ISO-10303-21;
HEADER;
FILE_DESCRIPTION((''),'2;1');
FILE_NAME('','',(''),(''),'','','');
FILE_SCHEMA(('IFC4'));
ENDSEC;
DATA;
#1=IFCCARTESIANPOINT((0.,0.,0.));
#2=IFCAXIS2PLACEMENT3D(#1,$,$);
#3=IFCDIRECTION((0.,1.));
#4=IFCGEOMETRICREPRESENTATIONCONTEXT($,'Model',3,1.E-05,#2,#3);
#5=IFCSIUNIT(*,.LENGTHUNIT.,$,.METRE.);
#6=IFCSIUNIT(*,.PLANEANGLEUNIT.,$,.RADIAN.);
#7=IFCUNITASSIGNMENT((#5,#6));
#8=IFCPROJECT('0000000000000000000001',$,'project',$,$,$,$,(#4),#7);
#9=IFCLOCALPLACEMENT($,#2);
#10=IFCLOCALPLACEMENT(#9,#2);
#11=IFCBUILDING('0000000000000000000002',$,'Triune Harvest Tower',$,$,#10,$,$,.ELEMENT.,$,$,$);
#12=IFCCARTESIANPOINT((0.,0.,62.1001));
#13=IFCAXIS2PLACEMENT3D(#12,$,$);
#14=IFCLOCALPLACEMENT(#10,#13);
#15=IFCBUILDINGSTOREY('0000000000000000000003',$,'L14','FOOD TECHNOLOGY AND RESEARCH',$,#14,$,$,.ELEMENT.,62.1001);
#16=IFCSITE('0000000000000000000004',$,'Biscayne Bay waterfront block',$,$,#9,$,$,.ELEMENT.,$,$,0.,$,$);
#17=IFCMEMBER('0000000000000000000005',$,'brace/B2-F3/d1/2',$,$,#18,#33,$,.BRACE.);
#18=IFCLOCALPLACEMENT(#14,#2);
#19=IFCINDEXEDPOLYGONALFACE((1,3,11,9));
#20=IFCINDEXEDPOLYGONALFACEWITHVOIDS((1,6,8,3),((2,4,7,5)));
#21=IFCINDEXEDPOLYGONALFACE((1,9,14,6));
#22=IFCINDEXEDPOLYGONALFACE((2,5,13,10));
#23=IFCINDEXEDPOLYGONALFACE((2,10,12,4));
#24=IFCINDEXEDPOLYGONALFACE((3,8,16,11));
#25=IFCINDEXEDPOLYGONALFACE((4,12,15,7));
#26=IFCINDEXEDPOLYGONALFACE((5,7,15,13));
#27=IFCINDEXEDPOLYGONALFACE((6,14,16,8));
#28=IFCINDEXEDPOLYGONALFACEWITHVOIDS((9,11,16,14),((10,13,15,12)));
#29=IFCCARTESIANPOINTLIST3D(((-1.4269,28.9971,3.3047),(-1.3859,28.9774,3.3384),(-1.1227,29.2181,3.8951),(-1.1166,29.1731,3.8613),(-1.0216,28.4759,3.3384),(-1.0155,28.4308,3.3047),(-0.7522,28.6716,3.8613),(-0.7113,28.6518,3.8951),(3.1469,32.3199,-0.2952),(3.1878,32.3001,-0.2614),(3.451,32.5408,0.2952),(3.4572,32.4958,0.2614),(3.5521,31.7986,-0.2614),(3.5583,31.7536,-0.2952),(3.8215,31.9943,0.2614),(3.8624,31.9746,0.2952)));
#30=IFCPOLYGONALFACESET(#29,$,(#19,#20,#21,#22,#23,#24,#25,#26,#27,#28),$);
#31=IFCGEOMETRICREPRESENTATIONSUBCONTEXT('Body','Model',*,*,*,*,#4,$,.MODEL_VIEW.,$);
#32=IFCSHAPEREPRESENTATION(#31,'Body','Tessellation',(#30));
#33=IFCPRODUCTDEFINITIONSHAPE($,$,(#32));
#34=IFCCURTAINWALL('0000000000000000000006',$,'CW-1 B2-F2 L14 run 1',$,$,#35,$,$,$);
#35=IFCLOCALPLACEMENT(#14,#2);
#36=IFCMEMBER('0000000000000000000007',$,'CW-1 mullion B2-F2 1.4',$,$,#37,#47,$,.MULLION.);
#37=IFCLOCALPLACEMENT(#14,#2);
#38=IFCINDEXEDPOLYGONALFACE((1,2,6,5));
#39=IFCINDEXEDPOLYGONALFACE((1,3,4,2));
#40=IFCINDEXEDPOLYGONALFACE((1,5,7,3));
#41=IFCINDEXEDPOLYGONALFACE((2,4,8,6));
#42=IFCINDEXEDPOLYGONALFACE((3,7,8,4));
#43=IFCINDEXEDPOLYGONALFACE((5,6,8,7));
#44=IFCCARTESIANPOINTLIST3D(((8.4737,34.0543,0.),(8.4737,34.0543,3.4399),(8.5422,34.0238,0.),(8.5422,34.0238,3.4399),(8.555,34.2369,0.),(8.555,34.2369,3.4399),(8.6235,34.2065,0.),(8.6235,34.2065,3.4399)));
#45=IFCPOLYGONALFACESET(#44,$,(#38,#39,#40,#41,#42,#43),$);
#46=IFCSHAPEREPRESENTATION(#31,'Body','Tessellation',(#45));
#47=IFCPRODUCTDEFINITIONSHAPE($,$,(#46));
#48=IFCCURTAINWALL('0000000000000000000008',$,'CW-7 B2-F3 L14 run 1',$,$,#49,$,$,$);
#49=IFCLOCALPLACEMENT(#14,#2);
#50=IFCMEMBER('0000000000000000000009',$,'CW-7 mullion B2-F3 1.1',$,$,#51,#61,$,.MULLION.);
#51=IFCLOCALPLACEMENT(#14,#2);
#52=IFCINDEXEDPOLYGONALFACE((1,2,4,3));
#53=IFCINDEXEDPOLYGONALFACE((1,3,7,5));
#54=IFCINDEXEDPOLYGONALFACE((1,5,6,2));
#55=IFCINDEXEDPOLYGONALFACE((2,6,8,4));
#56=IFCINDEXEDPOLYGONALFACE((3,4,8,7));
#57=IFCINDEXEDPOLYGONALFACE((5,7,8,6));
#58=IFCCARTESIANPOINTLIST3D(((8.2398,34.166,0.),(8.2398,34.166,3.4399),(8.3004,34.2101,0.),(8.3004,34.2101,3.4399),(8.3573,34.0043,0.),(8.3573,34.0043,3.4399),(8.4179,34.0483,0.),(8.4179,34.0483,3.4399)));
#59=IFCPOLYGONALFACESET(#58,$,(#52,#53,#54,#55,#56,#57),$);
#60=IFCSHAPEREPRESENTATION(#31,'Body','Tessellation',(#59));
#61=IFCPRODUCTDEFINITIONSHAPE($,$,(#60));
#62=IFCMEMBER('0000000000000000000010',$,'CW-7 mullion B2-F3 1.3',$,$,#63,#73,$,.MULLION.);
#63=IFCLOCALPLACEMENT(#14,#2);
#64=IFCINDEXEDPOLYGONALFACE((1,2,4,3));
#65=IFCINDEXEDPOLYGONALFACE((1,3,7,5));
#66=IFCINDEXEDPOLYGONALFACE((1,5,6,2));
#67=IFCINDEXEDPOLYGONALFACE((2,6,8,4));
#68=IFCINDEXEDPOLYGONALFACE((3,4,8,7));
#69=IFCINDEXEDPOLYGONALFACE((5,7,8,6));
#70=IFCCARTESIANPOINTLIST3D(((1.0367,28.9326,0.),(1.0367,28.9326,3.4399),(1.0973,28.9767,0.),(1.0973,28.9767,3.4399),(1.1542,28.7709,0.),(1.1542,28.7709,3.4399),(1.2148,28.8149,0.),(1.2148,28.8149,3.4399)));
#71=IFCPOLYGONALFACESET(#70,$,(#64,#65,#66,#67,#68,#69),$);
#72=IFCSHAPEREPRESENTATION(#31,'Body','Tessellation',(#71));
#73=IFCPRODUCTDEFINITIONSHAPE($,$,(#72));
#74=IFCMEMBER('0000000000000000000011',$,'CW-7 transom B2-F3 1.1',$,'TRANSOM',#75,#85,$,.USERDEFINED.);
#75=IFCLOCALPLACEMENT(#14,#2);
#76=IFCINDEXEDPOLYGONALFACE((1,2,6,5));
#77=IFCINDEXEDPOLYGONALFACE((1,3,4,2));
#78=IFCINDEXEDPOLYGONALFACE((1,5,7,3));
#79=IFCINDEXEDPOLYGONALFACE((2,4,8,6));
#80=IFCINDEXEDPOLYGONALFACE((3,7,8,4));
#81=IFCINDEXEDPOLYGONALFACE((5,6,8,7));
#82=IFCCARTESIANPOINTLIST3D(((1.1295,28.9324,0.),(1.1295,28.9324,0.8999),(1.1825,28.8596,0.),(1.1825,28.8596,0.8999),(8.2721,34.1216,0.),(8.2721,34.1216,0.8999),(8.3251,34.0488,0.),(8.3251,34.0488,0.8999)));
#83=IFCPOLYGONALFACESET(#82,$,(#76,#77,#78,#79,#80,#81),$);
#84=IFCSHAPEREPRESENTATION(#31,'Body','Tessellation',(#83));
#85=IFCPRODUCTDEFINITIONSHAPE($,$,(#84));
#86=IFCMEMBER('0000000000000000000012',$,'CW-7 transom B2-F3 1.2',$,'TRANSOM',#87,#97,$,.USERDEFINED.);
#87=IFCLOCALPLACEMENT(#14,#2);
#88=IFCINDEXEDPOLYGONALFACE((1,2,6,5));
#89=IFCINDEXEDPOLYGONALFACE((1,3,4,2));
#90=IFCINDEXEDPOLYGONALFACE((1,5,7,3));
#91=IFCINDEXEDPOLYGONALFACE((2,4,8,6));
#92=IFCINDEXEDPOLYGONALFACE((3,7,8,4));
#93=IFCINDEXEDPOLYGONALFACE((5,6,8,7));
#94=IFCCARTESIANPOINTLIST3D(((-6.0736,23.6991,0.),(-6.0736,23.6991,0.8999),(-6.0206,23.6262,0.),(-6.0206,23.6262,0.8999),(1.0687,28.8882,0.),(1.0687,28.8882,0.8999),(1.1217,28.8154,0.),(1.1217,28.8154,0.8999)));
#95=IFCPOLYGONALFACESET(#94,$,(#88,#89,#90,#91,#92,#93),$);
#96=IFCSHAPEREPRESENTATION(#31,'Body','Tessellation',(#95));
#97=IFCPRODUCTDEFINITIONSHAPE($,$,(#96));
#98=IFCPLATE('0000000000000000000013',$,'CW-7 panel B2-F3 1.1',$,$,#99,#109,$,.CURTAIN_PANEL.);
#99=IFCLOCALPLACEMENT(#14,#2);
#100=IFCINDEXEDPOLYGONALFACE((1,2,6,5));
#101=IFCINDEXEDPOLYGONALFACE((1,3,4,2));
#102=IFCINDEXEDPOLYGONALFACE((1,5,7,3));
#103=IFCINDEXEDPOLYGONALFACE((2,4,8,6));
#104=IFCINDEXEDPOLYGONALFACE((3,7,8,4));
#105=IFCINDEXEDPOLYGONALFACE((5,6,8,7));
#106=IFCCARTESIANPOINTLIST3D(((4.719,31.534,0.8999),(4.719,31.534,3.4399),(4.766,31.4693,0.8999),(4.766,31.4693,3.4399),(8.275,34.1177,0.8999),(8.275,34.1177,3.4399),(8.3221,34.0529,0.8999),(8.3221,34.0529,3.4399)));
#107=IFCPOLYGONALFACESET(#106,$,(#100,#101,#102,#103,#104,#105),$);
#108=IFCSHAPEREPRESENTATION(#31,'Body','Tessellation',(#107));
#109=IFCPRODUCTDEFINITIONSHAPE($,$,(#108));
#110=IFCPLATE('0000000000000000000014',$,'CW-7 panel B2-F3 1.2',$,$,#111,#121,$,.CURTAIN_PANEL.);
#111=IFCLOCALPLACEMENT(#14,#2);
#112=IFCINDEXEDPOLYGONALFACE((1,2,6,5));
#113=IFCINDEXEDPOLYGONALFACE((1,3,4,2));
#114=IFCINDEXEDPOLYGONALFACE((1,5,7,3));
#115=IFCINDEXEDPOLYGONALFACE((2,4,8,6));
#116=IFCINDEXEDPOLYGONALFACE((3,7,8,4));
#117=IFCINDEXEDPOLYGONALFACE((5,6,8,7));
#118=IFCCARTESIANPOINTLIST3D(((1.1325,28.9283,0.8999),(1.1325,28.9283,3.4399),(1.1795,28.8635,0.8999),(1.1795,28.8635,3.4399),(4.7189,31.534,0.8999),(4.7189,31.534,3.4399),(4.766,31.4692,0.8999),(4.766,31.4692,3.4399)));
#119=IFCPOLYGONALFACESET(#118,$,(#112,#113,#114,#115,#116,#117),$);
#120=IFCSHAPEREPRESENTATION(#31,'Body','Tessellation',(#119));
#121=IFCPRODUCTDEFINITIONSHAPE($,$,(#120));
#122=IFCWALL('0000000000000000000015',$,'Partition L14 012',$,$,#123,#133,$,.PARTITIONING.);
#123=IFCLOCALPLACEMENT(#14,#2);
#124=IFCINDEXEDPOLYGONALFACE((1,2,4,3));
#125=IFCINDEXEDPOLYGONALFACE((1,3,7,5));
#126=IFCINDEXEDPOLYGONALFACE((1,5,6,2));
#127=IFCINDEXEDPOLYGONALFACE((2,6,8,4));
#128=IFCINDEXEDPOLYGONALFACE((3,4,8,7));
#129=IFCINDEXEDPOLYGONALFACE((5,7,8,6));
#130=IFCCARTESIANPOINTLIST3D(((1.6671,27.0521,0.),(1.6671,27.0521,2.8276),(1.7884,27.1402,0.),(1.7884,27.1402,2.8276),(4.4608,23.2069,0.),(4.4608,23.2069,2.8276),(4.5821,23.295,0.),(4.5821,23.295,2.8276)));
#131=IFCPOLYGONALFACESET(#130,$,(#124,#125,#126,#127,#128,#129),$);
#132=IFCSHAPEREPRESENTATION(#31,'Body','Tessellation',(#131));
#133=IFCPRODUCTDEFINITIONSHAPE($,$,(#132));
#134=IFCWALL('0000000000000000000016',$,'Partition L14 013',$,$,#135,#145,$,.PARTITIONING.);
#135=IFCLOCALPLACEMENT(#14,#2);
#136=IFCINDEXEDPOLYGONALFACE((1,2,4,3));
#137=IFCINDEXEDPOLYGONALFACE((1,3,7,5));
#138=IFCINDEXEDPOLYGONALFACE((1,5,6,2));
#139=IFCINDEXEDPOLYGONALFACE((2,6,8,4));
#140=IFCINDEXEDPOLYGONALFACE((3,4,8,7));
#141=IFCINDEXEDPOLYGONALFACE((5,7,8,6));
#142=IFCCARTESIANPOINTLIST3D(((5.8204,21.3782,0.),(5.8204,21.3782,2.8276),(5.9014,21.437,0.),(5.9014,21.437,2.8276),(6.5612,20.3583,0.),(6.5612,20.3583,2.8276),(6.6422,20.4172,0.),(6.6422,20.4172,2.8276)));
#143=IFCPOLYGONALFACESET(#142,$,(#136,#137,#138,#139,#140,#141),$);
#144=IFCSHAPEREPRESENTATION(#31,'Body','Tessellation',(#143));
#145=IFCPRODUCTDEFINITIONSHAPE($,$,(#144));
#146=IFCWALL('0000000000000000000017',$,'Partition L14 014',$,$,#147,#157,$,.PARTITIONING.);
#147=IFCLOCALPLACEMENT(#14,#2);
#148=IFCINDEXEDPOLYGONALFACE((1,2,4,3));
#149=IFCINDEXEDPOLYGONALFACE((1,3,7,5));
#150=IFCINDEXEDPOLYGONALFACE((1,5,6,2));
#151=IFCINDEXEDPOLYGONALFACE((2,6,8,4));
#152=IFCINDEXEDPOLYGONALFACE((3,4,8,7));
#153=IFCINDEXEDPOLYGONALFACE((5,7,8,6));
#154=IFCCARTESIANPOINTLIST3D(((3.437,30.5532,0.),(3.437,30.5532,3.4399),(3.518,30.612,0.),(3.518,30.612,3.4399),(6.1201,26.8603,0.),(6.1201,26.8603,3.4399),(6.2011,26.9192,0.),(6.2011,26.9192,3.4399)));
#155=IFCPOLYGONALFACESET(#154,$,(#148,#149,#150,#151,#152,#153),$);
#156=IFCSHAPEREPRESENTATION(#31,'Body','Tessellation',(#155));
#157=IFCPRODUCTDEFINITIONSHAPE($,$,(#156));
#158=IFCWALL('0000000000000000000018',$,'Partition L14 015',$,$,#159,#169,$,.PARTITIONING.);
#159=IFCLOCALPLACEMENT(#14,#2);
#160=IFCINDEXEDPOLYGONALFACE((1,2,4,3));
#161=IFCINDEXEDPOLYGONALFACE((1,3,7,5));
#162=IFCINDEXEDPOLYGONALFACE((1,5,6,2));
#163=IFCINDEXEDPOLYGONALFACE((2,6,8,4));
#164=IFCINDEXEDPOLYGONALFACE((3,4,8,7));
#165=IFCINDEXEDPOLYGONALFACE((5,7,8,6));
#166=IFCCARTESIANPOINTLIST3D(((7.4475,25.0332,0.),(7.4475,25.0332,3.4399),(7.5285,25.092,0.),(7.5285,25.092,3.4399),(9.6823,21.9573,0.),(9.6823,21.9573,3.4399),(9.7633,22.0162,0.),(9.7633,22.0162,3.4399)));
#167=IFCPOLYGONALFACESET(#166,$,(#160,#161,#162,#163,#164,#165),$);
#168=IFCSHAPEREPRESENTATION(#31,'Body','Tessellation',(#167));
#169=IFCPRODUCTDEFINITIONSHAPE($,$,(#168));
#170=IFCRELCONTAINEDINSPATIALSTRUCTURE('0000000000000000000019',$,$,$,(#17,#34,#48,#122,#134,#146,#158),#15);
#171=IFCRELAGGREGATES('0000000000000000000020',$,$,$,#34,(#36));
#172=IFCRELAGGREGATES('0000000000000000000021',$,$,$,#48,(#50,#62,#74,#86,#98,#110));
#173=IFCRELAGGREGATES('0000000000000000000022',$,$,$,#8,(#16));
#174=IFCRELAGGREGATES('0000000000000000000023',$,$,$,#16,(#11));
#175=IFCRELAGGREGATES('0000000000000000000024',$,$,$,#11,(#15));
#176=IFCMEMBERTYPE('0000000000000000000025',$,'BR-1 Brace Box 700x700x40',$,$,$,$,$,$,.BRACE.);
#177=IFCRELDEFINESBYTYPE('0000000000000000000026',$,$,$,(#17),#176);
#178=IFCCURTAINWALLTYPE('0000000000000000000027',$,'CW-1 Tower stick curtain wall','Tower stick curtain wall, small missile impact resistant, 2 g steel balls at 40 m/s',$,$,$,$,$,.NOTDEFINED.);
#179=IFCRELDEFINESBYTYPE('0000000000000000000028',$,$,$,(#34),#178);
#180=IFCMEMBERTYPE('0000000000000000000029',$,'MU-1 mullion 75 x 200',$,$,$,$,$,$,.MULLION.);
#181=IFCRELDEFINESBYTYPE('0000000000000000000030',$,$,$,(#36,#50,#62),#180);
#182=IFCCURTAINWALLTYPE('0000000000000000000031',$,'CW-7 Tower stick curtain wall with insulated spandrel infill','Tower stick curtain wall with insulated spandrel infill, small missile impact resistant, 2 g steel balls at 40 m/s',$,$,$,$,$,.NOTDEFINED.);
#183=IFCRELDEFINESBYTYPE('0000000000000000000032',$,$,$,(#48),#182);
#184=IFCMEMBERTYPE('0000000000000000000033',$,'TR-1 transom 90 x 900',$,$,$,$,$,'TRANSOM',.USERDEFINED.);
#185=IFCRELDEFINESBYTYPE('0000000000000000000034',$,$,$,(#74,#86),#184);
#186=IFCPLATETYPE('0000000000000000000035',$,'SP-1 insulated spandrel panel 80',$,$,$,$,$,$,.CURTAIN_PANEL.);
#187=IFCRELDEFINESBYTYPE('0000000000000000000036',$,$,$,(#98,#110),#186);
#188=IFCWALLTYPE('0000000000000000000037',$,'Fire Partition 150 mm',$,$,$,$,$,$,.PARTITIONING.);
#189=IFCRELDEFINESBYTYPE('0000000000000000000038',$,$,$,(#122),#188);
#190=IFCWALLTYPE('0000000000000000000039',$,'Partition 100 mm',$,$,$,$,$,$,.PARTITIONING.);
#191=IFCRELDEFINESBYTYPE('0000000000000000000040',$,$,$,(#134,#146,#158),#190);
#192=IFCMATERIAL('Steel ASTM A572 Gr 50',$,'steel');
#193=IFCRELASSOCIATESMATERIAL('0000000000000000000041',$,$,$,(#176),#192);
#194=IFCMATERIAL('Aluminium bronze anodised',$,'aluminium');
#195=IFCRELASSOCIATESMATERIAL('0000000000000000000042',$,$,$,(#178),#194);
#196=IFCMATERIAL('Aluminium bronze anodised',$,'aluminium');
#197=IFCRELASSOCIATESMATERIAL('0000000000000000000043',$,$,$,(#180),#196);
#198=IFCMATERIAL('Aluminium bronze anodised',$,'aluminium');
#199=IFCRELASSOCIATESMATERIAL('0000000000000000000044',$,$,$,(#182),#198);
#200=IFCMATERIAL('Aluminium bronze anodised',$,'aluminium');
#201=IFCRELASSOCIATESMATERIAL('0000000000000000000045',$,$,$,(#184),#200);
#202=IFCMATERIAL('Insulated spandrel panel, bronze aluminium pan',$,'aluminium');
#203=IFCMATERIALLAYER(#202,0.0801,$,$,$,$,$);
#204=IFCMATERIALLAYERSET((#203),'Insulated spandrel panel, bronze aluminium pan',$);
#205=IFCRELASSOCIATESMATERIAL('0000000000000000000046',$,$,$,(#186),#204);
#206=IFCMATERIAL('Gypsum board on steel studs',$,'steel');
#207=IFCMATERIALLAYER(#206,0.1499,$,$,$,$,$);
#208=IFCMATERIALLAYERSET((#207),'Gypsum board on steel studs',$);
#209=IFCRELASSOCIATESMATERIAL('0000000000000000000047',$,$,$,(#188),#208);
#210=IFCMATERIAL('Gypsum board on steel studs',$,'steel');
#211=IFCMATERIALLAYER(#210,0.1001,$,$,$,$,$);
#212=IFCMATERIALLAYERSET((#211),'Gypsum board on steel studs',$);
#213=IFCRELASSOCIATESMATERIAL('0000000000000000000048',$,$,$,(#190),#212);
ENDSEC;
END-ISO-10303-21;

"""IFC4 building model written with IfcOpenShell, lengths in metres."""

from ifc_helpers import new_model, si_unit, direction, frame, frame_2d, origin, origin_2d, place, context, subcontext, project, spatial, rectangle, hollow_rectangle, extrude, source, transform, mapped, material, layer, layer_set, material_profile, profile_set, type_object, element, aggregate, save


model = new_model("IFC4")

# Units and contexts
model_context = context("Model", 3, precision=1e-05, world=origin(), true_north=direction((0.0, 1.0)))
body_context = subcontext(model_context, "Body", "Model", "MODEL_VIEW")
ifc_project = project(units=[si_unit("LENGTHUNIT", "METRE"), si_unit("PLANEANGLEUNIT", "RADIAN")], contexts=[model_context])

# Site, building, storey
site_placement = place(None, origin())
site = spatial("IfcSite", under=ifc_project, at=site_placement, Name="Biscayne Bay waterfront block", CompositionType="ELEMENT", RefElevation=0.0)
building_placement = place(site_placement, origin())
building = spatial("IfcBuilding", under=site, at=building_placement, Name="Triune Harvest Tower", CompositionType="ELEMENT")
storey_placement = place(building_placement, frame((0.0, 0.0, 62.1001)))
storey = spatial("IfcBuildingStorey", under=building, at=storey_placement, Name="L14", Description="FOOD TECHNOLOGY AND RESEARCH", CompositionType="ELEMENT", Elevation=62.1001)

# Member
ifc_material_1 = material(Name="Steel ASTM A572 Gr 50", Category="steel")
ifc_material_profile_1 = material_profile(ifc_material_1, hollow_rectangle(XDim=0.7, YDim=0.7, WallThickness=0.04, at=origin_2d()), Name="Box 700x700x40")
ifc_profile_set_1 = profile_set([ifc_material_profile_1], Name="Steel ASTM A572 Gr 50")
member_type_1 = type_object("IfcMemberType", Name="BR-1 Brace Box 700x700x40", PredefinedType="BRACE", material=ifc_profile_set_1)
shared_shape_1 = source(origin(), body_context, "Body", "SweptSolid", [
    extrude(hollow_rectangle(XDim=0.7, YDim=0.7, WallThickness=0.04, at=origin_2d()), origin(), (0.0, 0.0, 1.0), 6.7021),
])
member_1_placement = place(storey_placement, frame((3.5046, 32.1472, 0.0), z_axis=(-0.682429, -0.495775, 0.53712), x_axis=(0.587756, -0.809039, 0.0)))
element("IfcMember", 1, at=member_1_placement, inside=storey, type_object=member_type_1, Name="brace/B2-F3/d1/2", PredefinedType="BRACE", context=body_context, shape_type="MappedRepresentation", body=[
    mapped(shared_shape_1, transform((0.0, 0.0, 0.0), scale=1.0)),
])

# Curtain wall, member
ifc_material_2 = material(Name="Aluminium bronze anodised", Category="aluminium")
curtain_wall_type_1 = type_object("IfcCurtainWallType", Name="CW-1 Tower stick curtain wall", Description="Tower stick curtain wall, small missile impact resistant, 2 g steel balls at 40 m/s", PredefinedType="NOTDEFINED", material=ifc_material_2)
curtain_wall_1_placement = place(storey_placement, origin())
curtain_wall_1 = element("IfcCurtainWall", 2, at=curtain_wall_1_placement, inside=storey, type_object=curtain_wall_type_1, Name="CW-1 B2-F2 L14 run 1")
ifc_material_3 = material(Name="Aluminium bronze anodised", Category="aluminium")
ifc_material_profile_2 = material_profile(ifc_material_3, rectangle(XDim=0.2, YDim=0.075, at=origin_2d()), Name="MU-1 mullion 75 x 200")
ifc_profile_set_2 = profile_set([ifc_material_profile_2], Name="Aluminium bronze anodised")
member_type_2 = type_object("IfcMemberType", Name="MU-1 mullion 75 x 200", PredefinedType="MULLION", material=ifc_profile_set_2)
shared_shape_2 = source(origin(), body_context, "Body", "SweptSolid", [
    extrude(rectangle(XDim=0.2, YDim=0.075, at=origin_2d()), origin(), (0.0, 0.0, 1.0), 3.4399),
])
member_2_placement = place(storey_placement, frame((8.5486, 34.1304, 0.0), z_axis=(0.0, 0.0, 1.0), x_axis=(-0.406734, -0.913547, 0.0)))
member_2 = element("IfcMember", 3, at=member_2_placement, type_object=member_type_2, Name="CW-1 mullion B2-F2 1.4", PredefinedType="MULLION", context=body_context, shape_type="MappedRepresentation", body=[
    mapped(shared_shape_2, transform((0.0, 0.0, 0.0), scale=1.0)),
])
aggregate(curtain_wall_1, [member_2])

# Curtain wall, members, plates
ifc_material_4 = material(Name="Aluminium bronze anodised", Category="aluminium")
curtain_wall_type_2 = type_object("IfcCurtainWallType", Name="CW-7 Tower stick curtain wall with insulated spandrel infill", Description="Tower stick curtain wall with insulated spandrel infill, small missile impact resistant, 2 g steel balls at 40 m/s", PredefinedType="NOTDEFINED", material=ifc_material_4)
curtain_wall_2_placement = place(storey_placement, origin())
curtain_wall_2 = element("IfcCurtainWall", 4, at=curtain_wall_2_placement, inside=storey, type_object=curtain_wall_type_2, Name="CW-7 B2-F3 L14 run 1")
member_3_placement = place(storey_placement, frame((8.3289, 34.1072, 0.0), z_axis=(0.0, 0.0, 1.0), x_axis=(0.587783, -0.809018, 0.0)))
member_3 = element("IfcMember", 5, at=member_3_placement, type_object=member_type_2, Name="CW-7 mullion B2-F3 1.1", PredefinedType="MULLION", context=body_context, shape_type="MappedRepresentation", body=[
    mapped(shared_shape_2, transform((0.0, 0.0, 0.0), scale=1.0)),
])
member_4_placement = place(storey_placement, frame((1.1257, 28.8738, 0.0), z_axis=(0.0, 0.0, 1.0), x_axis=(0.587783, -0.809018, 0.0)))
member_4 = element("IfcMember", 6, at=member_4_placement, type_object=member_type_2, Name="CW-7 mullion B2-F3 1.3", PredefinedType="MULLION", context=body_context, shape_type="MappedRepresentation", body=[
    mapped(shared_shape_2, transform((0.0, 0.0, 0.0), scale=1.0)),
])
ifc_material_5 = material(Name="Aluminium bronze anodised", Category="aluminium")
ifc_material_profile_3 = material_profile(ifc_material_5, rectangle(XDim=0.0901, YDim=0.8999, at=origin_2d()), Name="TR-1 transom 90 x 900")
ifc_profile_set_3 = profile_set([ifc_material_profile_3], Name="Aluminium bronze anodised")
member_type_3 = type_object("IfcMemberType", Name="TR-1 transom 90 x 900", ElementType="TRANSOM", PredefinedType="USERDEFINED", material=ifc_profile_set_3)
shared_shape_3 = source(origin(), body_context, "Body", "SweptSolid", [
    extrude(rectangle(XDim=0.0901, YDim=0.8999, at=origin_2d()), origin(), (0.0, 0.0, 1.0), 8.8286),
])
member_5_placement = place(storey_placement, frame((8.2986, 34.0852, 0.45), z_axis=(-0.809027, -0.587772, 0.0), x_axis=(0.587772, -0.809027, 0.0)))
member_5 = element("IfcMember", 7, at=member_5_placement, type_object=member_type_3, Name="CW-7 transom B2-F3 1.1", ObjectType="TRANSOM", PredefinedType="USERDEFINED", context=body_context, shape_type="MappedRepresentation", body=[
    mapped(shared_shape_3, transform((0.0, 0.0, 0.0), scale=1.0)),
])
shared_shape_4 = source(origin(), body_context, "Body", "SweptSolid", [
    extrude(rectangle(XDim=0.0901, YDim=0.8999, at=origin_2d()), origin(), (0.0, 0.0, 1.0), 8.8284),
])
member_6_placement = place(storey_placement, frame((1.0952, 28.8518, 0.45), z_axis=(-0.809017, -0.587785, 0.0), x_axis=(0.587785, -0.809017, 0.0)))
member_6 = element("IfcMember", 8, at=member_6_placement, type_object=member_type_3, Name="CW-7 transom B2-F3 1.2", ObjectType="TRANSOM", PredefinedType="USERDEFINED", context=body_context, shape_type="MappedRepresentation", body=[
    mapped(shared_shape_4, transform((0.0, 0.0, 0.0), scale=1.0)),
])
ifc_material_6 = material(Name="Insulated spandrel panel, bronze aluminium pan", Category="aluminium")
ifc_layer_1 = layer(ifc_material_6, 0.0801)
ifc_layer_set_1 = layer_set([ifc_layer_1], Name="Insulated spandrel panel, bronze aluminium pan")
plate_type = type_object("IfcPlateType", Name="SP-1 insulated spandrel panel 80", PredefinedType="CURTAIN_PANEL", material=ifc_layer_set_1)
shared_shape_5 = source(origin(), body_context, "Body", "SweptSolid", [
    extrude(rectangle(XDim=4.3955, YDim=0.0801, at=origin_2d()), origin(), (0.0, 0.0, 1.0), 2.54),
])
plate_1_placement = place(storey_placement, frame((6.5205, 32.7935, 0.8999), z_axis=(0.0, 0.0, 1.0), x_axis=(-0.809018, -0.587783, 0.0)))
plate_1 = element("IfcPlate", 9, at=plate_1_placement, type_object=plate_type, Name="CW-7 panel B2-F3 1.1", PredefinedType="CURTAIN_PANEL", context=body_context, shape_type="MappedRepresentation", body=[
    mapped(shared_shape_5, transform((0.0, 0.0, 0.0), scale=1.0)),
])
shared_shape_6 = source(origin(), body_context, "Body", "SweptSolid", [
    extrude(rectangle(XDim=4.4331, YDim=0.0801, at=origin_2d()), origin(), (0.0, 0.0, 1.0), 2.54),
])
plate_2_placement = place(storey_placement, frame((2.9492, 30.1987, 0.8999), z_axis=(0.0, 0.0, 1.0), x_axis=(-0.809018, -0.587783, 0.0)))
plate_2 = element("IfcPlate", 10, at=plate_2_placement, type_object=plate_type, Name="CW-7 panel B2-F3 1.2", PredefinedType="CURTAIN_PANEL", context=body_context, shape_type="MappedRepresentation", body=[
    mapped(shared_shape_6, transform((0.0, 0.0, 0.0), scale=1.0)),
])
aggregate(curtain_wall_2, [member_3, member_4, member_5, member_6, plate_1, plate_2])

# Walls
ifc_material_7 = material(Name="Gypsum board on steel studs", Category="steel")
ifc_layer_2 = layer(ifc_material_7, 0.1499)
ifc_layer_set_2 = layer_set([ifc_layer_2], Name="Gypsum board on steel studs")
wall_type_1 = type_object("IfcWallType", Name="Fire Partition 150 mm", PredefinedType="PARTITIONING", material=ifc_layer_set_2)
wall_1_placement = place(storey_placement, frame((1.7278, 27.0962, 0.0), z_axis=(0.0, 0.0, 1.0), x_axis=(0.587784, -0.809018, 0.0)))
element("IfcWall", 11, at=wall_1_placement, inside=storey, type_object=wall_type_1, Name="Partition L14 012", PredefinedType="PARTITIONING", context=body_context, shape_type="SweptSolid", body=[
    extrude(rectangle(XDim=4.7529, YDim=0.1499, at=frame_2d((2.3765, 0.0))), origin(), (0.0, 0.0, 1.0), 2.8276),
])
ifc_material_8 = material(Name="Gypsum board on steel studs", Category="steel")
ifc_layer_3 = layer(ifc_material_8, 0.1001)
ifc_layer_set_3 = layer_set([ifc_layer_3], Name="Gypsum board on steel studs")
wall_type_2 = type_object("IfcWallType", Name="Partition 100 mm", PredefinedType="PARTITIONING", material=ifc_layer_set_3)
wall_2_placement = place(storey_placement, frame((5.8608, 21.4077, 0.0), z_axis=(0.0, 0.0, 1.0), x_axis=(0.587688, -0.809088, 0.0)))
element("IfcWall", 12, at=wall_2_placement, inside=storey, type_object=wall_type_2, Name="Partition L14 013", PredefinedType="PARTITIONING", context=body_context, shape_type="SweptSolid", body=[
    extrude(rectangle(XDim=1.2605, YDim=0.1001, at=frame_2d((0.6304, 0.0))), origin(), (0.0, 0.0, 1.0), 2.8276),
])
wall_3_placement = place(storey_placement, frame((3.4775, 30.5825, 0.0), z_axis=(0.0, 0.0, 1.0), x_axis=(0.587796, -0.809009, 0.0)))
element("IfcWall", 13, at=wall_3_placement, inside=storey, type_object=wall_type_2, Name="Partition L14 014", PredefinedType="PARTITIONING", context=body_context, shape_type="SweptSolid", body=[
    extrude(rectangle(XDim=4.5647, YDim=0.1001, at=frame_2d((2.2822, 0.0))), origin(), (0.0, 0.0, 1.0), 3.4399),
])
wall_4_placement = place(storey_placement, frame((7.488, 25.0625, 0.0), z_axis=(0.0, 0.0, 1.0), x_axis=(0.587797, -0.809008, 0.0)))
element("IfcWall", 14, at=wall_4_placement, inside=storey, type_object=wall_type_2, Name="Partition L14 015", PredefinedType="PARTITIONING", context=body_context, shape_type="SweptSolid", body=[
    extrude(rectangle(XDim=3.802, YDim=0.1001, at=frame_2d((1.9009, 0.0))), origin(), (0.0, 0.0, 1.0), 3.4399),
])

save(model, "model.ifc")
